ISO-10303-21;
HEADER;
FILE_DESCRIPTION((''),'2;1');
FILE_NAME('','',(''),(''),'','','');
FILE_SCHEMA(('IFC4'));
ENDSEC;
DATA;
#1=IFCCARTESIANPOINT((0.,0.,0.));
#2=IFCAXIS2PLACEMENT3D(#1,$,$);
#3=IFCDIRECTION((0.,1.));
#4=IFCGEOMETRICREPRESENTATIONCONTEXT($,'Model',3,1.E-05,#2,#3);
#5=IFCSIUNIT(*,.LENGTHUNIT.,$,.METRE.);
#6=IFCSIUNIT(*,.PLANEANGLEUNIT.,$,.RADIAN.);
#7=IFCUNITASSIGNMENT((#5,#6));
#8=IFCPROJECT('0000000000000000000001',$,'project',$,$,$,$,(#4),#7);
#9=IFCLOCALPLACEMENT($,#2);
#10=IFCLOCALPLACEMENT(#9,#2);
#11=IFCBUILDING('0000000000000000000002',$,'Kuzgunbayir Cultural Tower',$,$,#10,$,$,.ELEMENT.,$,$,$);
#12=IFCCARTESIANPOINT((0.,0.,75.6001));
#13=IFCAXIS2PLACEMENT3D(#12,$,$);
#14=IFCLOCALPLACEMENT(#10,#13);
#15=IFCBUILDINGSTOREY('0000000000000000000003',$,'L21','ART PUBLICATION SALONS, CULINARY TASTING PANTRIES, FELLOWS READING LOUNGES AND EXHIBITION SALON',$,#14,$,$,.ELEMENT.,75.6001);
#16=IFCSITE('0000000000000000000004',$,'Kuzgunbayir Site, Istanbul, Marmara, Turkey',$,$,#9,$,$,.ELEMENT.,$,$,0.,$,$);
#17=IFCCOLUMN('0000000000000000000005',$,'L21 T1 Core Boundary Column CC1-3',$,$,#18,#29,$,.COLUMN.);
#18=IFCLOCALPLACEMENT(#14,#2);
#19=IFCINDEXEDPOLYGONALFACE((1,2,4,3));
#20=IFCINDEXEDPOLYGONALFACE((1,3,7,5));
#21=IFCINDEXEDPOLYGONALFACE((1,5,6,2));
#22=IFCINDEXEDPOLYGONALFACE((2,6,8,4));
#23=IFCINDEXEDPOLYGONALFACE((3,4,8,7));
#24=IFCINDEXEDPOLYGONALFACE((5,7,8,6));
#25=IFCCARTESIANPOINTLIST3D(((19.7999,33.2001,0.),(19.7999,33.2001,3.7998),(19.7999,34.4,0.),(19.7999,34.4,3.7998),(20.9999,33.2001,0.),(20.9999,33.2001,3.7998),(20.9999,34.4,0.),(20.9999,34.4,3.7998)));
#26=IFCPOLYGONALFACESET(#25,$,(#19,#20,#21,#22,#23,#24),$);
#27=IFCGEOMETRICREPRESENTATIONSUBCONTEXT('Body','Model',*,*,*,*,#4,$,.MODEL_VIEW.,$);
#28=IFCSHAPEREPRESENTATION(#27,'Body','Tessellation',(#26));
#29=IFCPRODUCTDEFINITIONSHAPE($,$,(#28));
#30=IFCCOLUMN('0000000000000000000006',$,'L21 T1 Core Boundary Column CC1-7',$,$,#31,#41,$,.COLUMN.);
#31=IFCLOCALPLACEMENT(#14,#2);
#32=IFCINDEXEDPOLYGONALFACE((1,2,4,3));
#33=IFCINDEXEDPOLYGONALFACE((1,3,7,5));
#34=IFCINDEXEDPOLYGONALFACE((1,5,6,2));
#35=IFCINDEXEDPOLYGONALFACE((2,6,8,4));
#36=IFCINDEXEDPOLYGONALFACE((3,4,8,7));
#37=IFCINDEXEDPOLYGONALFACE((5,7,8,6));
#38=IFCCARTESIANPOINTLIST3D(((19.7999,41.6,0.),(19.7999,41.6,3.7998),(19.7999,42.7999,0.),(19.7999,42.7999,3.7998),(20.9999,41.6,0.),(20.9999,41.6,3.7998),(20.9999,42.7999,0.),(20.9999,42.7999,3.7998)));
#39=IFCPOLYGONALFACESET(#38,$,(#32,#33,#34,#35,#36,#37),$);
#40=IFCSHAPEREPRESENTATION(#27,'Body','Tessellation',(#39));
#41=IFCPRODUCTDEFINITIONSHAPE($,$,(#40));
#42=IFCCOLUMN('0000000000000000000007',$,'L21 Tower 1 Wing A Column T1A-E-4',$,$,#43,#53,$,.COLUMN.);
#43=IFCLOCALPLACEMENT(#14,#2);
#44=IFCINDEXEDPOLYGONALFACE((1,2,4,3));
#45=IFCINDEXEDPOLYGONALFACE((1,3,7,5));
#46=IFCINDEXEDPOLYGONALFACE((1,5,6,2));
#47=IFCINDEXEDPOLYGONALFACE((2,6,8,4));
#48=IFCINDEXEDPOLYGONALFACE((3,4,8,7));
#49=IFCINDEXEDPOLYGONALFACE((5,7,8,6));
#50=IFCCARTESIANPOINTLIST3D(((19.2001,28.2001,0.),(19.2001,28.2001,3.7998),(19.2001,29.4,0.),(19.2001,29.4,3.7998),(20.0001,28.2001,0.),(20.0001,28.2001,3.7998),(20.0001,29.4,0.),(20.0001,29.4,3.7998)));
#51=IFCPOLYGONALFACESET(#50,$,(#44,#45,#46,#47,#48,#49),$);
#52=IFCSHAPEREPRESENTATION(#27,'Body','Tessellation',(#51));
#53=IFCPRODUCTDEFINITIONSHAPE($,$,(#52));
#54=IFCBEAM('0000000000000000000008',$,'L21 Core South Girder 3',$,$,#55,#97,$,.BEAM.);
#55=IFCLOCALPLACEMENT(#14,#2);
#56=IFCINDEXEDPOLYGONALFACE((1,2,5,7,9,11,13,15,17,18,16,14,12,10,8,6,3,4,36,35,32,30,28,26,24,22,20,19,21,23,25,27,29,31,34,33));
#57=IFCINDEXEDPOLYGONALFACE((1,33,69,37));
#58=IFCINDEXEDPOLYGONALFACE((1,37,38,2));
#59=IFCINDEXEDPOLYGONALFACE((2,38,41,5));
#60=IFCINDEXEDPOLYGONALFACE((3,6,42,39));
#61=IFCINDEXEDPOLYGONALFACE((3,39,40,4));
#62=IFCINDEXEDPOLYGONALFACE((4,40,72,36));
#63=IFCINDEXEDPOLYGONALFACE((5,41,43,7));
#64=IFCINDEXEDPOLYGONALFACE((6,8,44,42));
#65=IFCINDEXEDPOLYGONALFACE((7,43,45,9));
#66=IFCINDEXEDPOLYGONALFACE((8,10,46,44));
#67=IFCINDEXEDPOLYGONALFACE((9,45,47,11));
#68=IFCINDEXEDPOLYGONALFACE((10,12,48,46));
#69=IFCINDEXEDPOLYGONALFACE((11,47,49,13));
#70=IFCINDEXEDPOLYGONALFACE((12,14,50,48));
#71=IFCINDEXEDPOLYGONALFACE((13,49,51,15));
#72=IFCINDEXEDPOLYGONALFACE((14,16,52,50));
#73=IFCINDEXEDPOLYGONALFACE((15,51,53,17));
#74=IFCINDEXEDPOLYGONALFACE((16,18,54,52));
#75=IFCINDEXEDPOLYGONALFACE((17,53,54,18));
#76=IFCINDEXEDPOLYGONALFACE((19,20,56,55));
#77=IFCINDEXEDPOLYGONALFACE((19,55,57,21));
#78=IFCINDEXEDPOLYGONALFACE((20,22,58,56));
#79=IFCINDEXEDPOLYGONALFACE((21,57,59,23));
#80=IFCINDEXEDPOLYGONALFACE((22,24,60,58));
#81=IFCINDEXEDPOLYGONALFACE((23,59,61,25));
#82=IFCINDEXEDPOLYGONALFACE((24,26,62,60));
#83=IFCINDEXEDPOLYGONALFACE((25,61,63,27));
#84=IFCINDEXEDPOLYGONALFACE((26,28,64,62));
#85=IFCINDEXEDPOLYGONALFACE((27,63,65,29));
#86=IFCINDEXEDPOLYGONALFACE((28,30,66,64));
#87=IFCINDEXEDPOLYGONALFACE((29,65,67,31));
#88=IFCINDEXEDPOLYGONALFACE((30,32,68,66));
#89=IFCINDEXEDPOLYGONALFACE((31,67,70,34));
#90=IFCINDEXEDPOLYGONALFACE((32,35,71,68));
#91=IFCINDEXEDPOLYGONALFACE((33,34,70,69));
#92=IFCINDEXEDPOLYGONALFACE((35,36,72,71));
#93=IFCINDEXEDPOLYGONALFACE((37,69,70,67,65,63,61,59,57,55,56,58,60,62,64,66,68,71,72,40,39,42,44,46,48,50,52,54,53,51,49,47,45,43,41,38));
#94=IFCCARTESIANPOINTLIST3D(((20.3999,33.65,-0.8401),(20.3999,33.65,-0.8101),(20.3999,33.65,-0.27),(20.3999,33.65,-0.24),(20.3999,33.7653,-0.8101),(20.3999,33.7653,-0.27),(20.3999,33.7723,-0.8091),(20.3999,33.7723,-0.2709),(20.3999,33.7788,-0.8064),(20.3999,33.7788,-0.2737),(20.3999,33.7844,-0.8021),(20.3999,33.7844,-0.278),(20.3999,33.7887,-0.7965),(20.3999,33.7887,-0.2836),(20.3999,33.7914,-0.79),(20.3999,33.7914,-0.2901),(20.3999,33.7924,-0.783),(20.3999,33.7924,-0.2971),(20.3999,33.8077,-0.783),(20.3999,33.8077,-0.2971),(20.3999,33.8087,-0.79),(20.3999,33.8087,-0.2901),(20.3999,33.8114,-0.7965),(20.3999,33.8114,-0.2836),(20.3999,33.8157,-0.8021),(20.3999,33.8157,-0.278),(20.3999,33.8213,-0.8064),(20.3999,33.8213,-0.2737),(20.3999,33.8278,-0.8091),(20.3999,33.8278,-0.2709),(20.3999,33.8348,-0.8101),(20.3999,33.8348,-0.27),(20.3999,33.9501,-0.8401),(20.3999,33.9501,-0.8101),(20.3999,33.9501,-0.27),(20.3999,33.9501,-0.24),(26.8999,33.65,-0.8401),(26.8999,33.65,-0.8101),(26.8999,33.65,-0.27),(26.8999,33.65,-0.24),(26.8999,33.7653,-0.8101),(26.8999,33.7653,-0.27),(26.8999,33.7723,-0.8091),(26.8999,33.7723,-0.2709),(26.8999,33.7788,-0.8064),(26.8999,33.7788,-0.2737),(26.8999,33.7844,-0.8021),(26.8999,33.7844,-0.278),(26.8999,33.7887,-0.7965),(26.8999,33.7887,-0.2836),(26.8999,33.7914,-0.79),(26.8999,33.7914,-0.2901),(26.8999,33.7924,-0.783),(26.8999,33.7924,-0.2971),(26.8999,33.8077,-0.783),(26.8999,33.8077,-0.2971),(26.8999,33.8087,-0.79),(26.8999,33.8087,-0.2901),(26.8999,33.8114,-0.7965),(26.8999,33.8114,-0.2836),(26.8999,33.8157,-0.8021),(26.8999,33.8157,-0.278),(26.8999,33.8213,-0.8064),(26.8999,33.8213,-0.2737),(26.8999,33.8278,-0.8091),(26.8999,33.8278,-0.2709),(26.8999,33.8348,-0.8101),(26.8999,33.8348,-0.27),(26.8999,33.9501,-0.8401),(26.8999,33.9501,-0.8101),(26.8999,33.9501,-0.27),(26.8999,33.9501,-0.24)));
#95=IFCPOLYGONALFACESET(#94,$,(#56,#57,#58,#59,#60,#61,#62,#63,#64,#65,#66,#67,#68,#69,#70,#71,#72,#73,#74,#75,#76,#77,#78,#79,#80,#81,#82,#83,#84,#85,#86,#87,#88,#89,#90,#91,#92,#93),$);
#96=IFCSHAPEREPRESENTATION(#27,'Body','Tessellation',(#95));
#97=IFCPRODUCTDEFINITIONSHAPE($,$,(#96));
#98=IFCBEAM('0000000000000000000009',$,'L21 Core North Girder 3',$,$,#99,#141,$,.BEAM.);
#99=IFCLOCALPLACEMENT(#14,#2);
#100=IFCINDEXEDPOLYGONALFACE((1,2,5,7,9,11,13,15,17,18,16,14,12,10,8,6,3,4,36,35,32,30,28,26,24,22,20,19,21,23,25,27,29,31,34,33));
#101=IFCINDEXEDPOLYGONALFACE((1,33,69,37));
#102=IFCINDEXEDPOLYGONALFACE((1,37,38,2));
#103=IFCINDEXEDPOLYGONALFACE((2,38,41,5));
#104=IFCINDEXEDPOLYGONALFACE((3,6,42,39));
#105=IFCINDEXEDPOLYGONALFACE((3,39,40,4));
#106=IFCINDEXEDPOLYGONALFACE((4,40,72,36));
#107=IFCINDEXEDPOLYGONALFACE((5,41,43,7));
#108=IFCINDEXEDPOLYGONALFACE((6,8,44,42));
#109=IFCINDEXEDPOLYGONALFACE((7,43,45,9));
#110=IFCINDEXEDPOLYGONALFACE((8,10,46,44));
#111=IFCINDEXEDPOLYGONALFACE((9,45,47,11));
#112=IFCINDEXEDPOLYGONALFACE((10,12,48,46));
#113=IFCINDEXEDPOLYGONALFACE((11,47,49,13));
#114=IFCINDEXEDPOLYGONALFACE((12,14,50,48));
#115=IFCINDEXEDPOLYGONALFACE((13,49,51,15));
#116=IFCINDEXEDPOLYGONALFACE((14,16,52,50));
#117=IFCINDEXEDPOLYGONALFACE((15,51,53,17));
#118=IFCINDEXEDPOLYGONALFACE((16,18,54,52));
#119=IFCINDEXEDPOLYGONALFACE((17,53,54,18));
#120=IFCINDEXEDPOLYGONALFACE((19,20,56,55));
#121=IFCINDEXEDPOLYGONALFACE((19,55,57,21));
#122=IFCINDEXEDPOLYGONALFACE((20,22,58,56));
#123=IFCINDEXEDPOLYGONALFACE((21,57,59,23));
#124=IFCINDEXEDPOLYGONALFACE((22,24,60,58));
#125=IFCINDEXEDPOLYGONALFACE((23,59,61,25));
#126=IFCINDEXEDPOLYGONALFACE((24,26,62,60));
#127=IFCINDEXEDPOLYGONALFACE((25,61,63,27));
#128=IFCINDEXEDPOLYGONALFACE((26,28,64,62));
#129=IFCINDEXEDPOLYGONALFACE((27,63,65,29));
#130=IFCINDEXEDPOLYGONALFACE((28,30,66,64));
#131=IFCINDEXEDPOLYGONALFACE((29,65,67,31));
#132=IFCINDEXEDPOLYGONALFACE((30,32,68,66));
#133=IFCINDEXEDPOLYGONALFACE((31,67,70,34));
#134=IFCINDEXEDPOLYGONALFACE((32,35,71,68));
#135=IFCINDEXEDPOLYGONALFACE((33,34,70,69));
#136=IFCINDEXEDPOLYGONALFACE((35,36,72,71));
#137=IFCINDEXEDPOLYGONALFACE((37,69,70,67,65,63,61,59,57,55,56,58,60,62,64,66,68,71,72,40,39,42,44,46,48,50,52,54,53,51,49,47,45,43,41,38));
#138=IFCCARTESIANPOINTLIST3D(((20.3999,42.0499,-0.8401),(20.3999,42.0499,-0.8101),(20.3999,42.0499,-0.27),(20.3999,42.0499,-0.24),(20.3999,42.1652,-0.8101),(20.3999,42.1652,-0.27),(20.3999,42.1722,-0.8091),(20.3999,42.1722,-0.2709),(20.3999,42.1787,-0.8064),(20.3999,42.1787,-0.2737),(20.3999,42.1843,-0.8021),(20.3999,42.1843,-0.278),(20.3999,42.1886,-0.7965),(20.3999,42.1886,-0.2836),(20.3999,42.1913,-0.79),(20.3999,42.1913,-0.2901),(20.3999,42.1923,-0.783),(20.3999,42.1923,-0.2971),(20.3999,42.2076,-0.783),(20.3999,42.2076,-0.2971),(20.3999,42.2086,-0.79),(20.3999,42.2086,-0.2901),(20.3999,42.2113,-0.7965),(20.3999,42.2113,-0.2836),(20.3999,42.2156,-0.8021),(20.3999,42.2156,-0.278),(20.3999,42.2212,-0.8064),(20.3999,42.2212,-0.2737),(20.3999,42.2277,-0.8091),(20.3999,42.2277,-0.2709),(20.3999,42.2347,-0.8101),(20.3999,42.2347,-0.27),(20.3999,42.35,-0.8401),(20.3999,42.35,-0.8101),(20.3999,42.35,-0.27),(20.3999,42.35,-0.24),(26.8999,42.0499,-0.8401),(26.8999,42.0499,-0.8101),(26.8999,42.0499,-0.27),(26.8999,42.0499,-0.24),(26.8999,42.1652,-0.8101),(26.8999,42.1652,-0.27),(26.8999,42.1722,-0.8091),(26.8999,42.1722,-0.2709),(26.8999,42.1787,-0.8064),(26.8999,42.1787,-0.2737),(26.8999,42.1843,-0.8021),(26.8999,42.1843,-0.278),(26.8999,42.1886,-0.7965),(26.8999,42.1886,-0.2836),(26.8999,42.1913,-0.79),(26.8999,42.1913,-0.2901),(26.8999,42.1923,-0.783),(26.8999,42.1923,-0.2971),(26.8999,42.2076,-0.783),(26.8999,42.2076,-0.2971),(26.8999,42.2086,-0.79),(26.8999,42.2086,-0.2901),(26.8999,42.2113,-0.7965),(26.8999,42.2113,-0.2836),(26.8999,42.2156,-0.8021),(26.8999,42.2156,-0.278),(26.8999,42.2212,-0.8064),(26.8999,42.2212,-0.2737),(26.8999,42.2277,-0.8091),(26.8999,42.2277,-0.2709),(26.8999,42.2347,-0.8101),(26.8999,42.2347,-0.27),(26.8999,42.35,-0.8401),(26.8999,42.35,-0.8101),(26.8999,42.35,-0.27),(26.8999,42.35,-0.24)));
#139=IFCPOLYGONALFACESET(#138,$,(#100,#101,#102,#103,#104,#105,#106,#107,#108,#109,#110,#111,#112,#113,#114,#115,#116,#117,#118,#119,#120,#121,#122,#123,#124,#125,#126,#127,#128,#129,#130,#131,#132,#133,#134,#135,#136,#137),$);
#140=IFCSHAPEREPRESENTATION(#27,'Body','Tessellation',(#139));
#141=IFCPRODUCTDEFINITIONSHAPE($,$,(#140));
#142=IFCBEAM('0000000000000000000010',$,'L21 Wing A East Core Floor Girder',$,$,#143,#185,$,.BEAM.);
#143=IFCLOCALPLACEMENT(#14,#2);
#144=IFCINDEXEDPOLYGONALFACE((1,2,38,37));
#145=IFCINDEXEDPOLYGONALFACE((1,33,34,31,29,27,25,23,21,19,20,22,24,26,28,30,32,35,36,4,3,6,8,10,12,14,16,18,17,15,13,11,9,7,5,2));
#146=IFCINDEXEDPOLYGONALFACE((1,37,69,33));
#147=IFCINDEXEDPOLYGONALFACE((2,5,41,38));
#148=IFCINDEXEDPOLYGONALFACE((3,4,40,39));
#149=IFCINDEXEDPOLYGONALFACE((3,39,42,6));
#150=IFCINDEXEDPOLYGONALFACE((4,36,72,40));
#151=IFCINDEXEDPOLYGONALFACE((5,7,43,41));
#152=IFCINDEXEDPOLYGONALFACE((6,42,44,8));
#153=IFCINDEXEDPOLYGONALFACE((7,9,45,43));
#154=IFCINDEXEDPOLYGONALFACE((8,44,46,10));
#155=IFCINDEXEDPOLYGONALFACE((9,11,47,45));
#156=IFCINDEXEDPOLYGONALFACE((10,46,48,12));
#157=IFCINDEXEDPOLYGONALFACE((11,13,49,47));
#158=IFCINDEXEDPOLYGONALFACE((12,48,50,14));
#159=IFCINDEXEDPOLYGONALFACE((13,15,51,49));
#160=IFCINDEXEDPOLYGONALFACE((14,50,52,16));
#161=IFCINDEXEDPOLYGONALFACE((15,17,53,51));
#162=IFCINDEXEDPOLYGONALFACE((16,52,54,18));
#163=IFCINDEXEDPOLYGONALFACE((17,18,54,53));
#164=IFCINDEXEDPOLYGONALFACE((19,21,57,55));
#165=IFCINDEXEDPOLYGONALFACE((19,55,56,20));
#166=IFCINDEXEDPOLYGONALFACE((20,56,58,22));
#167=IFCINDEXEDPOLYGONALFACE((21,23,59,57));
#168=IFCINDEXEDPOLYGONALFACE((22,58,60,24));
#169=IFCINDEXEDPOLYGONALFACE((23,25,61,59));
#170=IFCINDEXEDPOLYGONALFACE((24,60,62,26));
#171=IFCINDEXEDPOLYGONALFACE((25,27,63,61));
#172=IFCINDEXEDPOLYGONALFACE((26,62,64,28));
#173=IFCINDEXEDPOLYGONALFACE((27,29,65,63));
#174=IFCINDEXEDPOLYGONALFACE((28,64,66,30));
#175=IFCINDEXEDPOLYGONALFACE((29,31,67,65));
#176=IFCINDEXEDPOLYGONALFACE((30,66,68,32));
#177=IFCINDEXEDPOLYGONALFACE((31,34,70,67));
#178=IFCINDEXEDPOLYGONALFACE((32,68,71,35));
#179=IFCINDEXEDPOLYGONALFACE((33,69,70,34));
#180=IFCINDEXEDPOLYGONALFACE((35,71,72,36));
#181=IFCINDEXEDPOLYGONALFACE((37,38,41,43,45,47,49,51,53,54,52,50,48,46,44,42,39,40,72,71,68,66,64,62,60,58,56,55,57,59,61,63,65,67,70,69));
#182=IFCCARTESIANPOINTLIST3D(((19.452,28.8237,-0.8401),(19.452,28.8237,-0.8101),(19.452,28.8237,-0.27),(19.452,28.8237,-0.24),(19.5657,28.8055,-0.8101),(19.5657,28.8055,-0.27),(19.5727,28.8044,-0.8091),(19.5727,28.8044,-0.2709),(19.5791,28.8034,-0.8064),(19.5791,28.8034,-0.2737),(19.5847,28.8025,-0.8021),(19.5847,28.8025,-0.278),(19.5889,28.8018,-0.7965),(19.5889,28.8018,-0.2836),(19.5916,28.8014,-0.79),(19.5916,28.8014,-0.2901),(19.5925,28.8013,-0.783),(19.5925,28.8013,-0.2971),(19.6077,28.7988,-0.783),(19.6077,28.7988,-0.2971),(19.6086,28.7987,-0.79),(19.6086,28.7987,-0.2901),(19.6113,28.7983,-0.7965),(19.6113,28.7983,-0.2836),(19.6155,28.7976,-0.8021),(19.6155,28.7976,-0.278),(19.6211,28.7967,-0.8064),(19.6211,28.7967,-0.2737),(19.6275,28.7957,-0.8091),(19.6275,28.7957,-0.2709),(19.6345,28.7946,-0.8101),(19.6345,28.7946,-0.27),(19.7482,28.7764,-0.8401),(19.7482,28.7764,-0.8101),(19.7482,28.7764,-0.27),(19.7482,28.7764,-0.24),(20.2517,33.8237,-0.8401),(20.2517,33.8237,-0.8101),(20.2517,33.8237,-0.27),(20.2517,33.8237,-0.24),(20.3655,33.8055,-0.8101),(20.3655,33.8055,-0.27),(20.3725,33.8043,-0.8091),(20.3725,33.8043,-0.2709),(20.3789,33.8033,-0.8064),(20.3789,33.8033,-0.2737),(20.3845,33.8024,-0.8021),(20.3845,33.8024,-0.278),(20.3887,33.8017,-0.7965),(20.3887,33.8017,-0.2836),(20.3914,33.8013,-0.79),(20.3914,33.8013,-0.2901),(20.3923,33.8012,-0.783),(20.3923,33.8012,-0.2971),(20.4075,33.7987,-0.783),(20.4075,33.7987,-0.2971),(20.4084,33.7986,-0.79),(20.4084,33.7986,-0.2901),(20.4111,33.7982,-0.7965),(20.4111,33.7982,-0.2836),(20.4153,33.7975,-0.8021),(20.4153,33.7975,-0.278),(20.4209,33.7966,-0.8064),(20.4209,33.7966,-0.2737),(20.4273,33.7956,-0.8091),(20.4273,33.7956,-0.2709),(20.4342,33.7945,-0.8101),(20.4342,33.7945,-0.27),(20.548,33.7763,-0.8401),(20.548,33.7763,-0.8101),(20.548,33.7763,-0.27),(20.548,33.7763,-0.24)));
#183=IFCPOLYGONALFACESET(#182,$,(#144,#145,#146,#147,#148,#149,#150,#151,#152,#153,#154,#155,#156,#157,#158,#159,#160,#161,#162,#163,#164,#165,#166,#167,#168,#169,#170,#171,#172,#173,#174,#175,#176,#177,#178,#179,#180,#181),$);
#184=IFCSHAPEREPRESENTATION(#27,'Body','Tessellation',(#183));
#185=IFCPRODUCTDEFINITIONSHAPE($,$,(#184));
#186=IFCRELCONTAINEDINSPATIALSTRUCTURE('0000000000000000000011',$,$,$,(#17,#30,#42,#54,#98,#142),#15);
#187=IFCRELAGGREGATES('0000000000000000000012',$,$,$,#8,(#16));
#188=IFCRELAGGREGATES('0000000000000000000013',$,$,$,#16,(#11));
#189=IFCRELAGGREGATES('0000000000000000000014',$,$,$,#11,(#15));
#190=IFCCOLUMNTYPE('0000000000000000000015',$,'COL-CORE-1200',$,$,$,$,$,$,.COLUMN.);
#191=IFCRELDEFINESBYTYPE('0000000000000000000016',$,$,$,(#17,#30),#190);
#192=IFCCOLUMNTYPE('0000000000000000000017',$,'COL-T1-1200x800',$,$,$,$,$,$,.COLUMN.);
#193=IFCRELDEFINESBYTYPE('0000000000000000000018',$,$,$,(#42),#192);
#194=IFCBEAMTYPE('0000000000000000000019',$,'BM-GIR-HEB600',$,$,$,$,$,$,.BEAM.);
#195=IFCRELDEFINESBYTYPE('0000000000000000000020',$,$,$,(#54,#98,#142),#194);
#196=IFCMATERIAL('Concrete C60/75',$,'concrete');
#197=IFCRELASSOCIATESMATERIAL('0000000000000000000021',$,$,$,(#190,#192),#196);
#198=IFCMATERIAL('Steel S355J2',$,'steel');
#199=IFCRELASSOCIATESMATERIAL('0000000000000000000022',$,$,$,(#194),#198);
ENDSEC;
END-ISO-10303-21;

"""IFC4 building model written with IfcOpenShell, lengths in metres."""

from ifc_helpers import new_model, si_unit, direction, frame, origin, origin_2d, place, context, subcontext, project, spatial, rectangle, i_section, extrude, material, material_profile, profile_set, type_object, element, save


model = new_model("IFC4")

# Units and contexts
model_context = context("Model", 3, precision=1e-05, world=origin(), true_north=direction((0.0, 1.0)))
body_context = subcontext(model_context, "Body", "Model", "MODEL_VIEW")
ifc_project = project(units=[si_unit("LENGTHUNIT", "METRE"), si_unit("PLANEANGLEUNIT", "RADIAN")], contexts=[model_context])

# Site, building, storey
site_placement = place(None, origin())
site = spatial("IfcSite", under=ifc_project, at=site_placement, Name="Kuzgunbayir Site, Istanbul, Marmara, Turkey", CompositionType="ELEMENT", RefElevation=0.0)
building_placement = place(site_placement, origin())
building = spatial("IfcBuilding", under=site, at=building_placement, Name="Kuzgunbayir Cultural Tower", CompositionType="ELEMENT")
storey_placement = place(building_placement, frame((0.0, 0.0, 75.6001)))
storey = spatial("IfcBuildingStorey", under=building, at=storey_placement, Name="L21", Description="ART PUBLICATION SALONS, CULINARY TASTING PANTRIES, FELLOWS READING LOUNGES AND EXHIBITION SALON", CompositionType="ELEMENT", Elevation=75.6001)

# Columns
ifc_material_1 = material(Name="Concrete C60/75", Category="concrete")
ifc_material_profile_1 = material_profile(ifc_material_1, rectangle(XDim=1.2, YDim=1.2, at=origin_2d()), Name="RC 1200x1200")
ifc_profile_set_1 = profile_set([ifc_material_profile_1], Name="Concrete C60/75")
column_type_1 = type_object("IfcColumnType", Name="COL-CORE-1200", PredefinedType="COLUMN", material=ifc_profile_set_1)
for number, where, z_axis, x_axis, name in (
    (1, (20.3999, 33.8, 0.0), (0.0, 0.0, 1.0), (1.0, 0.0, 0.0), "L21 T1 Core Boundary Column CC1-3"),
    (2, (20.3999, 42.2, 0.0), (0.0, 0.0, 1.0), (1.0, 0.0, 0.0), "L21 T1 Core Boundary Column CC1-7"),
):
    element("IfcColumn", number, at=place(storey_placement, frame(where, z_axis=z_axis, x_axis=x_axis)), inside=storey, type_object=column_type_1, Name=name, PredefinedType="COLUMN", context=body_context, shape_type="SweptSolid", body=[
        extrude(rectangle(XDim=1.2, YDim=1.2, at=origin_2d()), origin(), (0.0, 0.0, 1.0), 3.7998),
    ])
ifc_material_profile_2 = material_profile(ifc_material_1, rectangle(XDim=0.8, YDim=1.2, at=origin_2d()), Name="RC 1200x800")
ifc_profile_set_2 = profile_set([ifc_material_profile_2], Name="Concrete C60/75")
column_type_2 = type_object("IfcColumnType", Name="COL-T1-1200x800", PredefinedType="COLUMN", material=ifc_profile_set_2)
column_placement = place(storey_placement, frame((19.6001, 28.8, 0.0), z_axis=(0.0, 0.0, 1.0), x_axis=(1.0, 0.0, 0.0)))
element("IfcColumn", 3, at=column_placement, inside=storey, type_object=column_type_2, Name="L21 Tower 1 Wing A Column T1A-E-4", PredefinedType="COLUMN", context=body_context, shape_type="SweptSolid", body=[
    extrude(rectangle(XDim=0.8, YDim=1.2, at=origin_2d()), origin(), (0.0, 0.0, 1.0), 3.7998),
])

# Beams
ifc_material_2 = material(Name="Steel S355J2", Category="steel")
ifc_material_profile_3 = material_profile(ifc_material_2, i_section(OverallWidth=0.3, OverallDepth=0.6001, WebThickness=0.0154, FlangeThickness=0.03, FilletRadius=0.0271, at=origin_2d()), Name="HEB 600")
ifc_profile_set_3 = profile_set([ifc_material_profile_3], Name="Steel S355J2")
beam_type = type_object("IfcBeamType", Name="BM-GIR-HEB600", PredefinedType="BEAM", material=ifc_profile_set_3)
for number, where, z_axis, x_axis, name in (
    (4, (20.3999, 33.8, -0.54), (1.0, 0.0, 0.0), (0.0, 1.0, 0.0), "L21 Core South Girder 3"),
    (5, (20.3999, 42.2, -0.54), (1.0, 0.0, 0.0), (0.0, 1.0, 0.0), "L21 Core North Girder 3"),
):
    element("IfcBeam", number, at=place(storey_placement, frame(where, z_axis=z_axis, x_axis=x_axis)), inside=storey, type_object=beam_type, Name=name, PredefinedType="BEAM", context=body_context, shape_type="SweptSolid", body=[
        extrude(i_section(OverallWidth=0.3, OverallDepth=0.6001, WebThickness=0.0154, FlangeThickness=0.03, FilletRadius=0.0271, at=origin_2d()), origin(), (0.0, 0.0, 1.0), 6.5),
    ])
beam_1_placement = place(storey_placement, frame((19.6001, 28.8, -0.54), z_axis=(0.157953, 0.987447, 0.0), x_axis=(-0.987447, 0.157953, 0.0)))
element("IfcBeam", 6, at=beam_1_placement, inside=storey, type_object=beam_type, Name="L21 Wing A East Core Floor Girder", PredefinedType="BEAM", context=body_context, shape_type="SweptSolid", body=[
    extrude(i_section(OverallWidth=0.3, OverallDepth=0.6001, WebThickness=0.0154, FlangeThickness=0.03, FilletRadius=0.0271, at=origin_2d()), origin(), (0.0, 0.0, 1.0), 5.0635),
])

save(model, "model.ifc")
